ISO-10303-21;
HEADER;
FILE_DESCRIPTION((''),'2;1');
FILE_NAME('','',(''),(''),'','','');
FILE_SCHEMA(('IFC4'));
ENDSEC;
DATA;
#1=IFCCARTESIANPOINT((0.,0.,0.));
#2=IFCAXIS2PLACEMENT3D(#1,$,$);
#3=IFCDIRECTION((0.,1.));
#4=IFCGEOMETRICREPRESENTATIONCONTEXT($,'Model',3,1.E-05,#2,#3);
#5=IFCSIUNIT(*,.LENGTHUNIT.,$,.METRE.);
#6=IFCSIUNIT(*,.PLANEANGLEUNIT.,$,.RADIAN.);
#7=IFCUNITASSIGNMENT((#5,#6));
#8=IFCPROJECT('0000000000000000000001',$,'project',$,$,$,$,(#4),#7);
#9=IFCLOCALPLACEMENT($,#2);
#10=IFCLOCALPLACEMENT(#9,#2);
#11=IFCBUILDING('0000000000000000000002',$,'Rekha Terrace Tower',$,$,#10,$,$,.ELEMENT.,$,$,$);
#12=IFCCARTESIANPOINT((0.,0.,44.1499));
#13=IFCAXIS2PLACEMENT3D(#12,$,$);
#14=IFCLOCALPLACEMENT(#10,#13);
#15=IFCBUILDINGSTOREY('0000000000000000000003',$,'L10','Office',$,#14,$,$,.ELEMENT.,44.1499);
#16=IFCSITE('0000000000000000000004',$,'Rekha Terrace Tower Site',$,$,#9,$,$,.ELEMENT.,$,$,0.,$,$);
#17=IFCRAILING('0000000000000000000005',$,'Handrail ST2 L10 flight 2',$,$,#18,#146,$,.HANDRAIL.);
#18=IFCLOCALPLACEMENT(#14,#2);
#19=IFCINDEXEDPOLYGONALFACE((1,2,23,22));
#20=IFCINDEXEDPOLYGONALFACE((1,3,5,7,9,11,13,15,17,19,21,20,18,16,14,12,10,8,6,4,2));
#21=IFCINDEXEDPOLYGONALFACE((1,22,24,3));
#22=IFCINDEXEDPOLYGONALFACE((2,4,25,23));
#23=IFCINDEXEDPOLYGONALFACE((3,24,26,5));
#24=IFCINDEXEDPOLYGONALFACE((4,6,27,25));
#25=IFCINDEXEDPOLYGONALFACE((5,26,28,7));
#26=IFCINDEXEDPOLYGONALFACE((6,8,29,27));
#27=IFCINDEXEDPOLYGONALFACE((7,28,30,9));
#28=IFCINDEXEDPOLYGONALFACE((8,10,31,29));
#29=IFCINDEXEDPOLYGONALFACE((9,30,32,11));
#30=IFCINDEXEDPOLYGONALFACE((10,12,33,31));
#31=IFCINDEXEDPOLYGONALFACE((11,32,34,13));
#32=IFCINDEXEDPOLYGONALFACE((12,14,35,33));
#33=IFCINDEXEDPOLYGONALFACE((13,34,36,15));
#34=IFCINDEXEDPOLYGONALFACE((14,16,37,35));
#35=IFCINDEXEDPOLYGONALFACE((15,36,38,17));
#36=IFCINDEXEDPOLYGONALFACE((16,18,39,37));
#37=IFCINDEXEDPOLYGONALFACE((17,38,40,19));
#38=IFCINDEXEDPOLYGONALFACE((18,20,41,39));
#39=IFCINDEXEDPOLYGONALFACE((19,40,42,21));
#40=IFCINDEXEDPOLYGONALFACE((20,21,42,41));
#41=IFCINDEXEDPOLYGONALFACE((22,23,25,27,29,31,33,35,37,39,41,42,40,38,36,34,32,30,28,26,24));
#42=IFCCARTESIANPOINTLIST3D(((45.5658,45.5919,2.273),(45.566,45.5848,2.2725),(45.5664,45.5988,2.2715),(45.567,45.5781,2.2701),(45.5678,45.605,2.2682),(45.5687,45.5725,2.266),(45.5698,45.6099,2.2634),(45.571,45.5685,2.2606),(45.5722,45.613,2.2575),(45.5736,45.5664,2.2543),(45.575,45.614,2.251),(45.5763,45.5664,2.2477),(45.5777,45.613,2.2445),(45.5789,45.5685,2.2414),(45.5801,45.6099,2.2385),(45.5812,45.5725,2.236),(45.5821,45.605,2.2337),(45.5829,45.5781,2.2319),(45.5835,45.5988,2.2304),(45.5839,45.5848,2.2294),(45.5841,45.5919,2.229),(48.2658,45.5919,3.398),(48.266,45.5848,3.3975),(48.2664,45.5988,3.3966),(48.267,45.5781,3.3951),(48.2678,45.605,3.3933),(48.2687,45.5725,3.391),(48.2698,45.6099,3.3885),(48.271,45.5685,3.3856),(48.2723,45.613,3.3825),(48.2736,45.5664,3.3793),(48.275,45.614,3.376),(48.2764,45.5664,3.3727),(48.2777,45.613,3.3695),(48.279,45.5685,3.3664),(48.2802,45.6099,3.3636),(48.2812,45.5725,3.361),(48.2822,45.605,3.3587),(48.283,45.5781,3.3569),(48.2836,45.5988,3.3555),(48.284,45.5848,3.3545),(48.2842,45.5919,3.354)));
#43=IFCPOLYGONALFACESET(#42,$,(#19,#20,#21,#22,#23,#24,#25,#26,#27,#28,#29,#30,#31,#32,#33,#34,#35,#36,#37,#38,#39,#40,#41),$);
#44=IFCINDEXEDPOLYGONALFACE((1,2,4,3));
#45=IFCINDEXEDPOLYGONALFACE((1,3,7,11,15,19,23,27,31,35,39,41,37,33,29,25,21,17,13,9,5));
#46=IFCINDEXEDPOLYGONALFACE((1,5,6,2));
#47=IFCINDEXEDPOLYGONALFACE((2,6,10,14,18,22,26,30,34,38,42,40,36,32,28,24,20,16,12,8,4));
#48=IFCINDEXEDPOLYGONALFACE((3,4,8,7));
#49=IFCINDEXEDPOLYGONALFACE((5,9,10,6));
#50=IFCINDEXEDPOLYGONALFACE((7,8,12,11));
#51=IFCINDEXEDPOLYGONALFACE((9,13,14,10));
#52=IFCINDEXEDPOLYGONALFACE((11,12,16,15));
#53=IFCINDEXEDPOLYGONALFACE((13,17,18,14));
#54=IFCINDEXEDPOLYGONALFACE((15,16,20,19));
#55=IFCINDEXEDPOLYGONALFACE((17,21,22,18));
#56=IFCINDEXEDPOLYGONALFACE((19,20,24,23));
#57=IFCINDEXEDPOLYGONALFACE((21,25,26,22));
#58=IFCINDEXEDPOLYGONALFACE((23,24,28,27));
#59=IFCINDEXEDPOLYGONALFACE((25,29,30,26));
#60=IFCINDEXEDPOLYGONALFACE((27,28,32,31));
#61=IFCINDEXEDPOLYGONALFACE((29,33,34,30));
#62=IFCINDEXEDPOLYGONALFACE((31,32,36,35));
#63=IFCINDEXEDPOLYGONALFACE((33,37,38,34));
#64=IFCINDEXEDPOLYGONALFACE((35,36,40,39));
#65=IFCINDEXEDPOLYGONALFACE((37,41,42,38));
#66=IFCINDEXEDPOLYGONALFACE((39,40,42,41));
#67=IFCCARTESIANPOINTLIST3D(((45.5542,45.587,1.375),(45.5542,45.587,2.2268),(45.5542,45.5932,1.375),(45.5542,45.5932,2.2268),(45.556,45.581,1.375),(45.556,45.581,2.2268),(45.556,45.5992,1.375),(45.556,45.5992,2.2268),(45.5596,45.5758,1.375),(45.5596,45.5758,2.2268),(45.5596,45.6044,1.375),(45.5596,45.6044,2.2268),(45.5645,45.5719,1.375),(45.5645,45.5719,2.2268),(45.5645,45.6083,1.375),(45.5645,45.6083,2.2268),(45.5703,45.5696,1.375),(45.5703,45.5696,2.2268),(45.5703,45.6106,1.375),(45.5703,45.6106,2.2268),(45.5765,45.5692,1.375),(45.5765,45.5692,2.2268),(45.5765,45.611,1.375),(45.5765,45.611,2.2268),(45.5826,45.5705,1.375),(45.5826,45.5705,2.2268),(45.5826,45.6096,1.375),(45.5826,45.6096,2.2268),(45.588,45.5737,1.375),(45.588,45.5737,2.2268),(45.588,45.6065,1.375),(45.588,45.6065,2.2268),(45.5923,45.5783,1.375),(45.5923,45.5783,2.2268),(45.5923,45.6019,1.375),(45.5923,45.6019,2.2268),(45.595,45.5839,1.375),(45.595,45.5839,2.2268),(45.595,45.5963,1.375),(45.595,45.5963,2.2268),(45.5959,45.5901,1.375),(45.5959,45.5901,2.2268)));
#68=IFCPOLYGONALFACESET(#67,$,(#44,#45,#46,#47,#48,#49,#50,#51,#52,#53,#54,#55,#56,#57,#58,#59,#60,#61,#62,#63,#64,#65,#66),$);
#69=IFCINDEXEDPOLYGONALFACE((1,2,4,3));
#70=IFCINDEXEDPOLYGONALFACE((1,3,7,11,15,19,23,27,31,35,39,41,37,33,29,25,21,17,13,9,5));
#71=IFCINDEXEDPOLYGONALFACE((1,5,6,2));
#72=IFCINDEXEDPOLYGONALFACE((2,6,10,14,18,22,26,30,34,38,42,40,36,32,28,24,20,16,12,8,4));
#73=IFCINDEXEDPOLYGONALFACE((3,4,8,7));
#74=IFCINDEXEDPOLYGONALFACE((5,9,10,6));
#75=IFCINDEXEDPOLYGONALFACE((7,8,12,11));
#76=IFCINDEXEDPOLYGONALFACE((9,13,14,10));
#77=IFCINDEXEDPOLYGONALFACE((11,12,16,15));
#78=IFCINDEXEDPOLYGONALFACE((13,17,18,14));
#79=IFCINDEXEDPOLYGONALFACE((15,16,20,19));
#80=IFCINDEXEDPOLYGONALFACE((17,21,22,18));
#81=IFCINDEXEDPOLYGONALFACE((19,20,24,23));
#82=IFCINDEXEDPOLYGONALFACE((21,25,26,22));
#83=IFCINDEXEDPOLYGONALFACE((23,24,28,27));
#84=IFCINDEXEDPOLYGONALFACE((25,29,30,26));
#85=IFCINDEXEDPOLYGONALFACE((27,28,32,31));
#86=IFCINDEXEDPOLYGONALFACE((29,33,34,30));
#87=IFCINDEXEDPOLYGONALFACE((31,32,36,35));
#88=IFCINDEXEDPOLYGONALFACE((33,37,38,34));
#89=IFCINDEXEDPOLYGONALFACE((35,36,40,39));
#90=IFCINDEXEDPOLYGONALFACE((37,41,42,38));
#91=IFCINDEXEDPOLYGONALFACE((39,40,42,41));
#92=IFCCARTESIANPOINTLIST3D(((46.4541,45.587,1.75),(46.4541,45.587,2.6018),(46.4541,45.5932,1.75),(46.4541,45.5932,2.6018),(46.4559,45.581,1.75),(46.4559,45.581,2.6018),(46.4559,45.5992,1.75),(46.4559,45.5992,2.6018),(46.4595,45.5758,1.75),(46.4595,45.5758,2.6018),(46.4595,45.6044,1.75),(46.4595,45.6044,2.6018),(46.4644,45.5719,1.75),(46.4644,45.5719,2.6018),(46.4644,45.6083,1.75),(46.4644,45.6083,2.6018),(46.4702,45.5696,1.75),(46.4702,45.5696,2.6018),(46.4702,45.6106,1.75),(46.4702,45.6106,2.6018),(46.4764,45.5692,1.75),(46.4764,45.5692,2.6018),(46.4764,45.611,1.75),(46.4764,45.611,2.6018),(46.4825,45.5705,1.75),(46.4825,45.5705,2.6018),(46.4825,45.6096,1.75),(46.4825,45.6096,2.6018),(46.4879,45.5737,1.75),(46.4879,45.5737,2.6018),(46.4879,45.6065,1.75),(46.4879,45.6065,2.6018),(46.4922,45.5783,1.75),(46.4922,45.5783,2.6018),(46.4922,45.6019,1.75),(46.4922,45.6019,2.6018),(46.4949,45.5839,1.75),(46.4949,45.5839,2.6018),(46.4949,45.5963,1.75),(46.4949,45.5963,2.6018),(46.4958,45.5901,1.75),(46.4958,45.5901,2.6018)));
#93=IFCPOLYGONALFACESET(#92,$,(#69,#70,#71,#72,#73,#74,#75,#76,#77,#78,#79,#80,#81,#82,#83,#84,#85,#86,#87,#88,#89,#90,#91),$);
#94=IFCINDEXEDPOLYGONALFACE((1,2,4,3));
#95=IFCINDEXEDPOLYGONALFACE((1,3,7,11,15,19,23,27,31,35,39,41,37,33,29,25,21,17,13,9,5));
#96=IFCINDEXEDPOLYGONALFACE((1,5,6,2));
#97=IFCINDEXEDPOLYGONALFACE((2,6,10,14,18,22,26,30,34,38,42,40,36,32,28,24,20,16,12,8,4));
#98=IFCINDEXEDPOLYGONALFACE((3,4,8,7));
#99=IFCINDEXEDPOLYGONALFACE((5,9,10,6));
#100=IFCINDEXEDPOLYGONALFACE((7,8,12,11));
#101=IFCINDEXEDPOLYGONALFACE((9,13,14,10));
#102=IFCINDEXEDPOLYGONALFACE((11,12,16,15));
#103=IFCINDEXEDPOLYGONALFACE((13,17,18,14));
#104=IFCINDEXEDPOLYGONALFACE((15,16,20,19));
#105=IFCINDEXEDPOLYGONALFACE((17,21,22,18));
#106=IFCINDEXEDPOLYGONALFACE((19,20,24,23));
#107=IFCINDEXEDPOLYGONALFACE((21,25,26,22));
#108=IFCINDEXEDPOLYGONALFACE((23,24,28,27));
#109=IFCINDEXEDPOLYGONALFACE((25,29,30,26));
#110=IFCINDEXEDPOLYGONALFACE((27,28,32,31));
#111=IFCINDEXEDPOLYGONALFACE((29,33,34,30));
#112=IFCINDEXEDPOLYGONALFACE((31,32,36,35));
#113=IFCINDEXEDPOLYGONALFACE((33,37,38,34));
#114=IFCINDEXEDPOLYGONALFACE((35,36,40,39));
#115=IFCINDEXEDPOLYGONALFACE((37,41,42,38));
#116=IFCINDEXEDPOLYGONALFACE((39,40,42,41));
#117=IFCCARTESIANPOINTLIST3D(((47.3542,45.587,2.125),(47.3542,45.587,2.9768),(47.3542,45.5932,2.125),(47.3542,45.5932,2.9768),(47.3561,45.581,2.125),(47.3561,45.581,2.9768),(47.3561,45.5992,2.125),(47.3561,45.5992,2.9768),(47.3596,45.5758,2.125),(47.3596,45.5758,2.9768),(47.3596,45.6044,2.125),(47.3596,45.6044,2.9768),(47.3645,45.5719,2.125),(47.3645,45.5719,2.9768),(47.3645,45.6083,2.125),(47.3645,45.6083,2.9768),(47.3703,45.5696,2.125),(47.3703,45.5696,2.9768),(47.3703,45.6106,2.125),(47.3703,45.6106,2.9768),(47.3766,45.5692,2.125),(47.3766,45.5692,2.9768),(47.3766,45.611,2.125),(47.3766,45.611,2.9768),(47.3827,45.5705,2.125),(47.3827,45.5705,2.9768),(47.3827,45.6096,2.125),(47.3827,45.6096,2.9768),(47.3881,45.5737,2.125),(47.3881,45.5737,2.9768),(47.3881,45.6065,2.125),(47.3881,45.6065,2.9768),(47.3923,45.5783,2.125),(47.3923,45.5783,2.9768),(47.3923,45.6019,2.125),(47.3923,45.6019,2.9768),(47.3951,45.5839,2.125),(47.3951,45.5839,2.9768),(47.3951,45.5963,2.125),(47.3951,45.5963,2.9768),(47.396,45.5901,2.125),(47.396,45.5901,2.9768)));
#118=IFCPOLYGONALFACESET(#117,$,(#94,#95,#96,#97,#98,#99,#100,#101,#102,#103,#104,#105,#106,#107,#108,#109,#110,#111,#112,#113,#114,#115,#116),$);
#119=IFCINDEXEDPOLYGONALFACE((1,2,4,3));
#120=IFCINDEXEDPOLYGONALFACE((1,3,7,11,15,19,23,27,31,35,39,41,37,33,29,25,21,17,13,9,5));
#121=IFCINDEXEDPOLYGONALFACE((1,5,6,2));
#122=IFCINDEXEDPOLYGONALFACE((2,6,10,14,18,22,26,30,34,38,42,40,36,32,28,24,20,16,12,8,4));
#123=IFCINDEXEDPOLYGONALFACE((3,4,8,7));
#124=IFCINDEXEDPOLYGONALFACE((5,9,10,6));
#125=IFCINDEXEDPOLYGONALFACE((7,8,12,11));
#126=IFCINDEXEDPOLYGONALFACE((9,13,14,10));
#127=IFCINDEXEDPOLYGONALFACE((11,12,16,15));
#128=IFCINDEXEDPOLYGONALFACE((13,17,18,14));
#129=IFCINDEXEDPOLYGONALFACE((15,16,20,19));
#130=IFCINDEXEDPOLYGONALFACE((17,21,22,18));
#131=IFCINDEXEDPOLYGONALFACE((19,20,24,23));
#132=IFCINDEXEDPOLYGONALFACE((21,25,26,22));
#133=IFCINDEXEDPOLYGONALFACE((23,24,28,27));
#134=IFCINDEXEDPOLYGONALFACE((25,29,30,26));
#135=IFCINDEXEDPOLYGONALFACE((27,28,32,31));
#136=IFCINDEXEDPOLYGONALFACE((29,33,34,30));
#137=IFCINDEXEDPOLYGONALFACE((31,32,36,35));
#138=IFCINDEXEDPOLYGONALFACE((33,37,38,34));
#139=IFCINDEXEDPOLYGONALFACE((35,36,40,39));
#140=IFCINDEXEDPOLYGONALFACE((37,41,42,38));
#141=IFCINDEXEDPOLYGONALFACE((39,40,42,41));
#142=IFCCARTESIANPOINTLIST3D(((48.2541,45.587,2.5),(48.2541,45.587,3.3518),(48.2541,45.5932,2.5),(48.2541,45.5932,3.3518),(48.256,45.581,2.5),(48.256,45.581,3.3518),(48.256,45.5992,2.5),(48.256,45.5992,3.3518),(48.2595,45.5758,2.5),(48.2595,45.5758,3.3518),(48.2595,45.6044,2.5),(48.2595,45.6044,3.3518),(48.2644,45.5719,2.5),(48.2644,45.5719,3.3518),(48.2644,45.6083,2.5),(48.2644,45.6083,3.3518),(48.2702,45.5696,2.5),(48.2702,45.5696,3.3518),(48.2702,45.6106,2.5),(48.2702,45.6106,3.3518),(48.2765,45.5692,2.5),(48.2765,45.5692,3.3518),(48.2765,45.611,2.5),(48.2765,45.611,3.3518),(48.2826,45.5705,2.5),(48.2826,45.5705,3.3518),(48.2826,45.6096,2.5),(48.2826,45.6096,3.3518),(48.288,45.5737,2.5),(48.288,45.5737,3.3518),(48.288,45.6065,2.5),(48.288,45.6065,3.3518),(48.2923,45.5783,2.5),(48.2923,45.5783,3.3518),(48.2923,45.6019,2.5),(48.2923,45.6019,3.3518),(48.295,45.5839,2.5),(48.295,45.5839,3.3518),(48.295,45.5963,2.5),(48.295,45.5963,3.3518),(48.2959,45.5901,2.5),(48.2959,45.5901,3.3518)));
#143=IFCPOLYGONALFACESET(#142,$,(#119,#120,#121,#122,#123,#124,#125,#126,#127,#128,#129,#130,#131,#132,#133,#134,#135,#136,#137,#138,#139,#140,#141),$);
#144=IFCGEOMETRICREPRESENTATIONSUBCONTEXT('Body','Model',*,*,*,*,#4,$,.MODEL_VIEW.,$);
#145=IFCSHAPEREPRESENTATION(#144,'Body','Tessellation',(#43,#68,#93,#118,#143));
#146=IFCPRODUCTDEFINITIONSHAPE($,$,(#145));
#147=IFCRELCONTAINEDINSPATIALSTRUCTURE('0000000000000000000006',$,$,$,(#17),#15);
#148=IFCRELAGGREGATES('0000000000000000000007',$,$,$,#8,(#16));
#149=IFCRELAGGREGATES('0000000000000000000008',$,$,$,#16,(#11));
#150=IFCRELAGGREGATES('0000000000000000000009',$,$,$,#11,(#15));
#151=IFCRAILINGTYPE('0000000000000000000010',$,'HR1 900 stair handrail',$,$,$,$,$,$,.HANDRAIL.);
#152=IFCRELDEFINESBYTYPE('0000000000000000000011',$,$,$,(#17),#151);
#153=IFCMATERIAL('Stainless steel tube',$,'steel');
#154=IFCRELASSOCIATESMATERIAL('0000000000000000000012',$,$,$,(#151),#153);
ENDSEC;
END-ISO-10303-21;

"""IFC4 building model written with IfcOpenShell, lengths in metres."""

from ifc_helpers import new_model, si_unit, direction, frame, origin, origin_2d, place, context, subcontext, project, spatial, circle, extrude, material, type_object, element, save


model = new_model("IFC4")

# Units and contexts
model_context = context("Model", 3, precision=1e-05, world=origin(), true_north=direction((0.0, 1.0)))
body_context = subcontext(model_context, "Body", "Model", "MODEL_VIEW")
ifc_project = project(units=[si_unit("LENGTHUNIT", "METRE"), si_unit("PLANEANGLEUNIT", "RADIAN")], contexts=[model_context])

# Site, building, storey
site_placement = place(None, origin())
site = spatial("IfcSite", under=ifc_project, at=site_placement, Name="Rekha Terrace Tower Site", CompositionType="ELEMENT", RefElevation=0.0)
building_placement = place(site_placement, origin())
building = spatial("IfcBuilding", under=site, at=building_placement, Name="Rekha Terrace Tower", CompositionType="ELEMENT")
storey_placement = place(building_placement, frame((0.0, 0.0, 44.1499)))
storey = spatial("IfcBuildingStorey", under=building, at=storey_placement, Name="L10", Description="Office", CompositionType="ELEMENT", Elevation=44.1499)

# Railing
ifc_material_1 = material(Name="Stainless steel tube", Category="steel")
railing_type_1 = type_object("IfcRailingType", Name="HR1 900 stair handrail", PredefinedType="HANDRAIL", material=ifc_material_1)
railing_1_placement = place(storey_placement, frame((45.575, 45.5901, 1.375)))
element("IfcRailing", 1, at=railing_1_placement, inside=storey, type_object=railing_type_1, Name="Handrail ST2 L10 flight 2", PredefinedType="HANDRAIL", context=body_context, shape_type="SweptSolid", body=[
    extrude(circle(Radius=0.0239, at=origin_2d()), frame((0.0, 0.0, 0.876), z_axis=(0.923074, 0.0, 0.384621), x_axis=(0.0, 1.0, 0.0)), (0.0, 0.0, 1.0), 2.925),
    extrude(circle(Radius=0.021, at=origin_2d()), origin(), (0.0, 0.0, 1.0), 0.8518),
    extrude(circle(Radius=0.021, at=origin_2d()), frame((0.8999, 0.0, 0.375)), (0.0, 0.0, 1.0), 0.8518),
    extrude(circle(Radius=0.021, at=origin_2d()), frame((1.8, 0.0, 0.75)), (0.0, 0.0, 1.0), 0.8518),
    extrude(circle(Radius=0.021, at=origin_2d()), frame((2.7, 0.0, 1.125)), (0.0, 0.0, 1.0), 0.8518),
])

save(model, "model.ifc")
